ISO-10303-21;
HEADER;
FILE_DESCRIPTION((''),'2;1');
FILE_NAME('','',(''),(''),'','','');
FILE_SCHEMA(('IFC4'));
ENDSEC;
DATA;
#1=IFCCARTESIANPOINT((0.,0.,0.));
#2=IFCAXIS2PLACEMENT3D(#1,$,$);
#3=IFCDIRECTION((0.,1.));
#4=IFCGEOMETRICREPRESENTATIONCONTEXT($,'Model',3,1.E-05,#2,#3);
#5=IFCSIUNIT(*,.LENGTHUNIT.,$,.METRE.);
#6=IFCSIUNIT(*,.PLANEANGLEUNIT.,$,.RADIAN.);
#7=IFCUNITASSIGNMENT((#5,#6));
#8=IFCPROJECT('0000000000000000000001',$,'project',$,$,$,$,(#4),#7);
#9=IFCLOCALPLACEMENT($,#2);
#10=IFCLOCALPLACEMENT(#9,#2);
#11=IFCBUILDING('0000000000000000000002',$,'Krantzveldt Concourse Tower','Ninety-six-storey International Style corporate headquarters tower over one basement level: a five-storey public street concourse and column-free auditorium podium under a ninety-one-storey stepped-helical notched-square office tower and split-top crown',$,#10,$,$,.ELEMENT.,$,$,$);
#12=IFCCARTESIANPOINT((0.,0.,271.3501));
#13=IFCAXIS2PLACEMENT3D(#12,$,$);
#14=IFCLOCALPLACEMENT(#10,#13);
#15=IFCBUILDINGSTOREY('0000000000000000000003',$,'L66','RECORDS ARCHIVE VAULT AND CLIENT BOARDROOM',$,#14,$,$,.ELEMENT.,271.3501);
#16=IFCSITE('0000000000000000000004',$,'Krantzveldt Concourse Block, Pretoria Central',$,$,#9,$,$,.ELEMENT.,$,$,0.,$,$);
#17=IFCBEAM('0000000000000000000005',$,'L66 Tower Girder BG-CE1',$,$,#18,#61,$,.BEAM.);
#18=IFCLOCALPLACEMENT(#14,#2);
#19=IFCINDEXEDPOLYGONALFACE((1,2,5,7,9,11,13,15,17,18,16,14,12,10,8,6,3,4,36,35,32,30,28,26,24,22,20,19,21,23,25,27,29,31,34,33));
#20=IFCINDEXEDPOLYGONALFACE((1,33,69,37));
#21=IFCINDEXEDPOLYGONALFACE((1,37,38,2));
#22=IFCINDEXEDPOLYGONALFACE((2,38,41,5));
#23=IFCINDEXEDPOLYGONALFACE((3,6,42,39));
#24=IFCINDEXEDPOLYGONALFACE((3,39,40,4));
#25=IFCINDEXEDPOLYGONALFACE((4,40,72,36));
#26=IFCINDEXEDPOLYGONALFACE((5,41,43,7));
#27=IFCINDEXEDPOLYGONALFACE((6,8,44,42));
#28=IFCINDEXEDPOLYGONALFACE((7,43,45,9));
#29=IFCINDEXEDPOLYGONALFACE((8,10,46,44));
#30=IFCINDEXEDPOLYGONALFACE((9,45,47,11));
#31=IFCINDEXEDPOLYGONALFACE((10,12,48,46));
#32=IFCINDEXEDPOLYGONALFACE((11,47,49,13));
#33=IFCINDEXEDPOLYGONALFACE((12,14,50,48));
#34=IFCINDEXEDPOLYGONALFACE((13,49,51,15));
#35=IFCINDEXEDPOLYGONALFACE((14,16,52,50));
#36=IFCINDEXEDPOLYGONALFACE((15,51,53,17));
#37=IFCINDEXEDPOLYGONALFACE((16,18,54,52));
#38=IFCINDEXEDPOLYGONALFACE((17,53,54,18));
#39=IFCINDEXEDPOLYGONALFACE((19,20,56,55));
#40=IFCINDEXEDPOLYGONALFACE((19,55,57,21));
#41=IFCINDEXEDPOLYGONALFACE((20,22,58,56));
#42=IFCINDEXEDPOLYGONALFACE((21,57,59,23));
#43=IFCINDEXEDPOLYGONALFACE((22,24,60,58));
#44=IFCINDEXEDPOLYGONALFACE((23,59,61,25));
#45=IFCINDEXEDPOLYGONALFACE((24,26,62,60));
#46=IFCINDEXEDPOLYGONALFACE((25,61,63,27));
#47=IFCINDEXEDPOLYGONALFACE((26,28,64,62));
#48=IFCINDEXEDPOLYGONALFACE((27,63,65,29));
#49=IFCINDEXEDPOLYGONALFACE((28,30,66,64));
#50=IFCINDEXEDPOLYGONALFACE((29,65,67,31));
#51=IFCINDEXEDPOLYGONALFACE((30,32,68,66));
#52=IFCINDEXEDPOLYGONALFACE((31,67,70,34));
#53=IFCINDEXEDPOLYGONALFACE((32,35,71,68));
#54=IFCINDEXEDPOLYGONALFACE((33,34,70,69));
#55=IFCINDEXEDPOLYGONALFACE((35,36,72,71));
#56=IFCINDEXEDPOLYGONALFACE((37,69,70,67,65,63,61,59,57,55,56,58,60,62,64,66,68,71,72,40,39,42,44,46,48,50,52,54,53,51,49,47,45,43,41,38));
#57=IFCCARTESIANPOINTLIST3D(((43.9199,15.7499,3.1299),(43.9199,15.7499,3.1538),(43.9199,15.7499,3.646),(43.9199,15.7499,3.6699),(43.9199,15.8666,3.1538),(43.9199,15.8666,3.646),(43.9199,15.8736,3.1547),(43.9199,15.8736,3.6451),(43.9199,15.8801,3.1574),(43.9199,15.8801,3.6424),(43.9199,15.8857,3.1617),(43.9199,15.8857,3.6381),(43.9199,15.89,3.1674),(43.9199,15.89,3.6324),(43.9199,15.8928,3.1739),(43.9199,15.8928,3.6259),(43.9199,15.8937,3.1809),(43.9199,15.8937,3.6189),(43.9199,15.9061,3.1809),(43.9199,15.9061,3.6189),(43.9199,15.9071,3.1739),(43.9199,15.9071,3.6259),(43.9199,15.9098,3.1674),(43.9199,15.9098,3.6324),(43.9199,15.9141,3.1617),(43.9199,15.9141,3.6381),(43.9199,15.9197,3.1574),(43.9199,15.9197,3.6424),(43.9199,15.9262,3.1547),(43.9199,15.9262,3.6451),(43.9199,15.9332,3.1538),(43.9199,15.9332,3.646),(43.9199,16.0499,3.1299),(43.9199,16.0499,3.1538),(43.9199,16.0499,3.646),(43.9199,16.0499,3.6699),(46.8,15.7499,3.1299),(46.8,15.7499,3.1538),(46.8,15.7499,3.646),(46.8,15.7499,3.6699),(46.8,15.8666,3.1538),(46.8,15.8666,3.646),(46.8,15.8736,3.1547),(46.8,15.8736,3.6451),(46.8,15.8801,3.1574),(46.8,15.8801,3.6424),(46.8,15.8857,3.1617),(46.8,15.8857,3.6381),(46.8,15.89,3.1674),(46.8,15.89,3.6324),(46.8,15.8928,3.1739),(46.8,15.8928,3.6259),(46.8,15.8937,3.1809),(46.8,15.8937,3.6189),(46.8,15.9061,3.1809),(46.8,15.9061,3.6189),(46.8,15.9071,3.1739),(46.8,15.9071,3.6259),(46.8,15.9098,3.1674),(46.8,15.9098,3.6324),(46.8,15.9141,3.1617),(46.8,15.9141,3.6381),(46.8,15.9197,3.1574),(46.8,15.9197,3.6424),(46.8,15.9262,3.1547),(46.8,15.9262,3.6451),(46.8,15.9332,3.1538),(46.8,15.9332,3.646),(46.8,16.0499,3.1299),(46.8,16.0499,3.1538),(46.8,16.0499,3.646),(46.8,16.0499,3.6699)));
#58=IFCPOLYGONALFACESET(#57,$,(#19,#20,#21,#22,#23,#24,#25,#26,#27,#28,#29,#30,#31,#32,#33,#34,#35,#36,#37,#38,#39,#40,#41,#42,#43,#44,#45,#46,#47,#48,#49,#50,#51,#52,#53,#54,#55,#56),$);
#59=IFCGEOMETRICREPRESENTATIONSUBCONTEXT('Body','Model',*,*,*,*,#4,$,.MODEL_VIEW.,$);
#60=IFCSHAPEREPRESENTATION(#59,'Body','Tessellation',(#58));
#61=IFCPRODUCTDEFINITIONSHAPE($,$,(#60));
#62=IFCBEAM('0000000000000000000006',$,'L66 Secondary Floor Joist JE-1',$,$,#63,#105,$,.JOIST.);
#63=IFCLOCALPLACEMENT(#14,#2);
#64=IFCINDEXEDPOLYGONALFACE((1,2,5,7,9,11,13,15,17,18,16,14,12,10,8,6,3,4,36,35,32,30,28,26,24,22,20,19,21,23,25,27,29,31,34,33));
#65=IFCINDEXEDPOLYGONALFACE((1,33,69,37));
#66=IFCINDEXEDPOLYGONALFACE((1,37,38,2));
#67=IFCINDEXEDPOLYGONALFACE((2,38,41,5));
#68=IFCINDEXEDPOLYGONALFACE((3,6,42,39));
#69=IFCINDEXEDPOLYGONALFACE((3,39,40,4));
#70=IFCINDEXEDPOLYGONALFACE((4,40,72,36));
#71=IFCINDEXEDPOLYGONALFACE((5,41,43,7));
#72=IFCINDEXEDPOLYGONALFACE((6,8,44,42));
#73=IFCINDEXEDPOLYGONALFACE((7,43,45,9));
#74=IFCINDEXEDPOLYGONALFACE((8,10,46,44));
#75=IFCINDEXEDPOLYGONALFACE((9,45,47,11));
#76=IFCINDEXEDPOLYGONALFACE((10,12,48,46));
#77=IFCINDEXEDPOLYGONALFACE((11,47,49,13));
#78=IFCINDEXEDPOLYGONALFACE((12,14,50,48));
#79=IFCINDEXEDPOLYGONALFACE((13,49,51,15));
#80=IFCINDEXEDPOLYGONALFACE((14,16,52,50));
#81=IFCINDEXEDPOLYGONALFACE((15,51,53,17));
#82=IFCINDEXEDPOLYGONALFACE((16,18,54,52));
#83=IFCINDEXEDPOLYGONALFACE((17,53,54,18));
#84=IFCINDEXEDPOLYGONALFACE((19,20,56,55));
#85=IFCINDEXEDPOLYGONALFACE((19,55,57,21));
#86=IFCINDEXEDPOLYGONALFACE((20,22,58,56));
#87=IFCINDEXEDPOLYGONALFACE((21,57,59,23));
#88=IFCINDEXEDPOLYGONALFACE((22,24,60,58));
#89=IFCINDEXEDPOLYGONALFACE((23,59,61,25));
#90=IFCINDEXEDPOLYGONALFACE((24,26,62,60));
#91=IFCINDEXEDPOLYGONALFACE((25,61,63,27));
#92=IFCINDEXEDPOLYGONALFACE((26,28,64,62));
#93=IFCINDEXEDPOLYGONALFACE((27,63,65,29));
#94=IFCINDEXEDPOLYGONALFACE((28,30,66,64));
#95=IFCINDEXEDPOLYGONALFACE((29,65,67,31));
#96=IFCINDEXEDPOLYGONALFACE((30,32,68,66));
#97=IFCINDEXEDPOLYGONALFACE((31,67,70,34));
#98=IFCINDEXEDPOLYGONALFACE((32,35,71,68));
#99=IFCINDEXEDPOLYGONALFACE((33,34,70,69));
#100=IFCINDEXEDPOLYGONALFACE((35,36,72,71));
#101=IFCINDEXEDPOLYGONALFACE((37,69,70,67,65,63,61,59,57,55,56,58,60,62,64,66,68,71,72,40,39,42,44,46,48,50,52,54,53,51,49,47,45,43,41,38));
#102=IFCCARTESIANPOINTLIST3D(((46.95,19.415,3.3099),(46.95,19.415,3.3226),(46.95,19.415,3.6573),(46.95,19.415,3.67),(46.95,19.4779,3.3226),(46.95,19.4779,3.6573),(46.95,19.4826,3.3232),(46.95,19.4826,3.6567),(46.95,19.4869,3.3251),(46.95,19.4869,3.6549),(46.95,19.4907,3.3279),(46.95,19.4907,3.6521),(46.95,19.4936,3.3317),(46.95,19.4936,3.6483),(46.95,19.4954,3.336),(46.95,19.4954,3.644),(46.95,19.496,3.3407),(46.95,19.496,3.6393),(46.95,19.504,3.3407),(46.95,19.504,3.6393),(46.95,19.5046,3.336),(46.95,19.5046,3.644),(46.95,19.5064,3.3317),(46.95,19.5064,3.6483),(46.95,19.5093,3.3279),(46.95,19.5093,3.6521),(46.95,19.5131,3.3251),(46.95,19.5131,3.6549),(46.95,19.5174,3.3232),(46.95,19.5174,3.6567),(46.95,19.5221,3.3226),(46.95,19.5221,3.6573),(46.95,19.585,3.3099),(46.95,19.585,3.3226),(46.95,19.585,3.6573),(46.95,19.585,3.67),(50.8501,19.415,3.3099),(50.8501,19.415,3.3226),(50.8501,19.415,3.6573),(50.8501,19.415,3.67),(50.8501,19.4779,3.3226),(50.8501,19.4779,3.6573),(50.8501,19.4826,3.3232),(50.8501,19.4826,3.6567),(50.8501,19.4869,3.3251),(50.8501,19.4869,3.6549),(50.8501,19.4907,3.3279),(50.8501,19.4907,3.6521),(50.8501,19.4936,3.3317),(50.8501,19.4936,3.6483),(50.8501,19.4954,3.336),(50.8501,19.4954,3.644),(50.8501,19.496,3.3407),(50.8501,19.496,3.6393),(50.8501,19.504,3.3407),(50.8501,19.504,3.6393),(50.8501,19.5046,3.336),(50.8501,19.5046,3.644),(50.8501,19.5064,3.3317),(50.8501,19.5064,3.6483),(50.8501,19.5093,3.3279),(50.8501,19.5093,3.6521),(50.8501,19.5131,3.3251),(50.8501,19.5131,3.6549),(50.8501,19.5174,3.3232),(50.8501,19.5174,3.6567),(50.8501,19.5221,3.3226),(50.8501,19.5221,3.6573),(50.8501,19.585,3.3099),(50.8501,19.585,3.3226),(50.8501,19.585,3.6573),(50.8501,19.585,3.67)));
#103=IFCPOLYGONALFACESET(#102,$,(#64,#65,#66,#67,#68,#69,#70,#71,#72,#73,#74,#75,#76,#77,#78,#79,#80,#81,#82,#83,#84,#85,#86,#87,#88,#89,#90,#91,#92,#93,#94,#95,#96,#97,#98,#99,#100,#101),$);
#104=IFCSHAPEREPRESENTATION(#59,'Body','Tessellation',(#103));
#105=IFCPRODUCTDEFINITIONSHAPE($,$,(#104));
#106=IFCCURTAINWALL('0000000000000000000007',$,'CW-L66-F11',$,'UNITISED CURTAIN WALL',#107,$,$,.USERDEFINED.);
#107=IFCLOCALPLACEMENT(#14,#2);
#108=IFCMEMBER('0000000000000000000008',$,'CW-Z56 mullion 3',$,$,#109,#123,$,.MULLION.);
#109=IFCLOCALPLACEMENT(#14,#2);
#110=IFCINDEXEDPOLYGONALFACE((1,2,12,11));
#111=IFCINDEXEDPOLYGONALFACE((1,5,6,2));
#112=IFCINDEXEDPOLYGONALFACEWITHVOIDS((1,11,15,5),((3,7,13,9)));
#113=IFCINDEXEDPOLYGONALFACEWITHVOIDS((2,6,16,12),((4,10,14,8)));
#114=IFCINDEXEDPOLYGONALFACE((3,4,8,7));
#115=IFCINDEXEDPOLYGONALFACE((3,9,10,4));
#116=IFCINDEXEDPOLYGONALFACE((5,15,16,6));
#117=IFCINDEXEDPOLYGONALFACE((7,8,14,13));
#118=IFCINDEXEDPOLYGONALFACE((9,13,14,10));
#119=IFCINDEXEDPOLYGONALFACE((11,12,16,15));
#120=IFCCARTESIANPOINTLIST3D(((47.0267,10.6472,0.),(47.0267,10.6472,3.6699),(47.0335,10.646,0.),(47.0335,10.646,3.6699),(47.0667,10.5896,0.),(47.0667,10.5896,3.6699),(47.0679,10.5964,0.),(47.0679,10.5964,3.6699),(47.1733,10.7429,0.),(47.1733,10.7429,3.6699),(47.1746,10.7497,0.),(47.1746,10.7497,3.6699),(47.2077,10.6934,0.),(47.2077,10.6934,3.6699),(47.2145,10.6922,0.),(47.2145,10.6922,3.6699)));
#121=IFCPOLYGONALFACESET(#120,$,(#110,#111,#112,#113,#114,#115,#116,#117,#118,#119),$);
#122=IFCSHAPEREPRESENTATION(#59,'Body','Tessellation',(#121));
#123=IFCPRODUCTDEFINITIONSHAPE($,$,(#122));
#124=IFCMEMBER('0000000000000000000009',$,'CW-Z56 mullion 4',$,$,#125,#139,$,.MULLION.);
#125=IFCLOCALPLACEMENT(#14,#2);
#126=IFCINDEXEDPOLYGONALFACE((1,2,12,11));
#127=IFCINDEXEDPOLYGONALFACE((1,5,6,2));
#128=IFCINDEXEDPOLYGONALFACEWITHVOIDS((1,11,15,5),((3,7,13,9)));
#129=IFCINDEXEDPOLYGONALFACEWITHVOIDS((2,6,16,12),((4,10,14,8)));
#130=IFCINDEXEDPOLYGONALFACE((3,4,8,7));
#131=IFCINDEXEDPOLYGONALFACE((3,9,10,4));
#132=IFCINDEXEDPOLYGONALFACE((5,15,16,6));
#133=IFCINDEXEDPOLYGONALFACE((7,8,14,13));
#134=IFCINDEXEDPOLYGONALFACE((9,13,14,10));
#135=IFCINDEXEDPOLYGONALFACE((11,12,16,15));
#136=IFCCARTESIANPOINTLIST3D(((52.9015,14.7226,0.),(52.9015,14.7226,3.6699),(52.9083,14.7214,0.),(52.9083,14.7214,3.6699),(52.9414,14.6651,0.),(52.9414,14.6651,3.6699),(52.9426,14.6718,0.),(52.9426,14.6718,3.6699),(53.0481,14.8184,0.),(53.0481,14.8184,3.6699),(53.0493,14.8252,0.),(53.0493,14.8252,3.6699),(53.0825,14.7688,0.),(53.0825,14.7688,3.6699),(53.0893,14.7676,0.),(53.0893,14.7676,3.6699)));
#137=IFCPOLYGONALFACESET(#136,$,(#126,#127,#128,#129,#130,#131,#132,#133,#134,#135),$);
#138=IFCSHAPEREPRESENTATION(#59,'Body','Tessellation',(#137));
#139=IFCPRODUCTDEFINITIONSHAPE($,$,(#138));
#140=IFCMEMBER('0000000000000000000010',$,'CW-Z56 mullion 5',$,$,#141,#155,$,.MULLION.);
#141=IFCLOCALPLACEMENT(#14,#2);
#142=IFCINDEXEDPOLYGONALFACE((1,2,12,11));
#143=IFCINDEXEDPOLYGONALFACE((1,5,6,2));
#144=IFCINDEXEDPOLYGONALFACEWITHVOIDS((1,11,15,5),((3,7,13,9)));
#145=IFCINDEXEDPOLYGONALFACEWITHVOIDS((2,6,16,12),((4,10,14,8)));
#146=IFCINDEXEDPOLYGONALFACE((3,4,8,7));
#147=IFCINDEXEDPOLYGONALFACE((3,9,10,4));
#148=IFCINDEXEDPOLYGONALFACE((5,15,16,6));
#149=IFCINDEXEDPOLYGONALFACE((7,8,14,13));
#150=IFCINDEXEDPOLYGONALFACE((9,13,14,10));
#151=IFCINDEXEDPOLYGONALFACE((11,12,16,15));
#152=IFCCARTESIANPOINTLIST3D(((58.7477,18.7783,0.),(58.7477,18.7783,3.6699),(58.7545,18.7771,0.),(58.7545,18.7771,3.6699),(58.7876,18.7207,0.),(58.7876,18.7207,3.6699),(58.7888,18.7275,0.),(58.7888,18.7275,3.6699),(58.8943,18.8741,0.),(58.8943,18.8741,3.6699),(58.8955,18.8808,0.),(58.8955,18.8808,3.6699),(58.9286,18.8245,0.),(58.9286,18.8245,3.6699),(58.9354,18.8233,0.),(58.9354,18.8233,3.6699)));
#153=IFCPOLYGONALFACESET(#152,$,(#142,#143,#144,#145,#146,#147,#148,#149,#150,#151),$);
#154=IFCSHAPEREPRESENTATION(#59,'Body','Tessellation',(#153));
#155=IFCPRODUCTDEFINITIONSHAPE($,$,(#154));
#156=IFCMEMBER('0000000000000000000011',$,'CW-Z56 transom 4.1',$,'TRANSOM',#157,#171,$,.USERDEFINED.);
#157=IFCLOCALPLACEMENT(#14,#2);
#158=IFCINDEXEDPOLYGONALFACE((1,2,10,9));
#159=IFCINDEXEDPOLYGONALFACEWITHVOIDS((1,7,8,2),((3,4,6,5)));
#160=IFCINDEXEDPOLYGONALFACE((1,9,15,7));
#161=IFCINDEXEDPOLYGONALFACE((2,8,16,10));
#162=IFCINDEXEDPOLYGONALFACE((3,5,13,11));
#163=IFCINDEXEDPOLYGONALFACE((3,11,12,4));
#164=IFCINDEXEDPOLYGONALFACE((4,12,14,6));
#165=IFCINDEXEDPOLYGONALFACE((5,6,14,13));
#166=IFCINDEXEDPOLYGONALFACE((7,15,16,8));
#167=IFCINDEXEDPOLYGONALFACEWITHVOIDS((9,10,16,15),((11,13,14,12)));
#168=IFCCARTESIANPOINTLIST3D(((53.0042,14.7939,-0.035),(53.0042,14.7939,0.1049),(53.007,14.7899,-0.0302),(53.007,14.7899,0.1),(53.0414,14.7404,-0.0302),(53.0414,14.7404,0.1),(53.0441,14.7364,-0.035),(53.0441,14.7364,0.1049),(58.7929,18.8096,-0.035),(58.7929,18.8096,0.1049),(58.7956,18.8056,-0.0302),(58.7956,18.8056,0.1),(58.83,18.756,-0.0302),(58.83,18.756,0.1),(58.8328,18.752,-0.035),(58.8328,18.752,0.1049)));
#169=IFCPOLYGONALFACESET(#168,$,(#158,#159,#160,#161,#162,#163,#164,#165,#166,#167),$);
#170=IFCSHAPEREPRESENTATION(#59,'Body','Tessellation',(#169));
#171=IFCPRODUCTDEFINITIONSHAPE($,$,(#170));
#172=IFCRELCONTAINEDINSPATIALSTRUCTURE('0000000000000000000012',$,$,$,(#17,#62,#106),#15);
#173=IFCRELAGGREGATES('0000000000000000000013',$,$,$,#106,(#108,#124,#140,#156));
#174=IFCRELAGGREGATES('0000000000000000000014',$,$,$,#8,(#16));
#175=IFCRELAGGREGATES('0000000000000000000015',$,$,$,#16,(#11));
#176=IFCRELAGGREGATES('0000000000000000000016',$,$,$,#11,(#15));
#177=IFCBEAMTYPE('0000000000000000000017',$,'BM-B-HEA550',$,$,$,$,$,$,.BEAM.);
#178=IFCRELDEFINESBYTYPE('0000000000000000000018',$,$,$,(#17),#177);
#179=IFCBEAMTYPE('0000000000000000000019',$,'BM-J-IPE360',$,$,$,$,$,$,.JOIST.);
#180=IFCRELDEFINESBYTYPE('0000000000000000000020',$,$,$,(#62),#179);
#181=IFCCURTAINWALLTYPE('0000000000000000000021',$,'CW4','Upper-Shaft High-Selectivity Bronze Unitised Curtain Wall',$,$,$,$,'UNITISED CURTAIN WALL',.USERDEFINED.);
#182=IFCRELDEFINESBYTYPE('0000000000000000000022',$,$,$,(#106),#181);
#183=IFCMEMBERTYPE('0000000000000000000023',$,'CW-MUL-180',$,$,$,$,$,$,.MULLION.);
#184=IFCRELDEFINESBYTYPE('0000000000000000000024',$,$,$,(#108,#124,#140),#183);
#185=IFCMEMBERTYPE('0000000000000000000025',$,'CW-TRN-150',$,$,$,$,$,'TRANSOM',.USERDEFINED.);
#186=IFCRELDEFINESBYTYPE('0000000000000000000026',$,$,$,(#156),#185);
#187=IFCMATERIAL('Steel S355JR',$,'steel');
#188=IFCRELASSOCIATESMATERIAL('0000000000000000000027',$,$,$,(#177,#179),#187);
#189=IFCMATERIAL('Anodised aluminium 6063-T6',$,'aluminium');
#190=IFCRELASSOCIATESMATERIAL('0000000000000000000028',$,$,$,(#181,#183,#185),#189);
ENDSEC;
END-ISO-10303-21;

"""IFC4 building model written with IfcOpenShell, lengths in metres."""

from ifc_helpers import new_model, si_unit, direction, frame, origin, origin_2d, place, context, subcontext, project, spatial, hollow_rectangle, i_section, extrude, source, transform, mapped, material, material_profile, profile_set, type_object, type_shapes, element, aggregate, save


model = new_model("IFC4")

# Units and contexts
model_context = context("Model", 3, precision=1e-05, world=origin(), true_north=direction((0.0, 1.0)))
body_context = subcontext(model_context, "Body", "Model", "MODEL_VIEW")
ifc_project = project(units=[si_unit("LENGTHUNIT", "METRE"), si_unit("PLANEANGLEUNIT", "RADIAN")], contexts=[model_context])

# Site, building, storey
site_placement = place(None, origin())
site = spatial("IfcSite", under=ifc_project, at=site_placement, Name="Krantzveldt Concourse Block, Pretoria Central", CompositionType="ELEMENT", RefElevation=0.0)
building_placement = place(site_placement, origin())
building = spatial("IfcBuilding", under=site, at=building_placement, Name="Krantzveldt Concourse Tower", Description="Ninety-six-storey International Style corporate headquarters tower over one basement level: a five-storey public street concourse and column-free auditorium podium under a ninety-one-storey stepped-helical notched-square office tower and split-top crown", CompositionType="ELEMENT")
storey_placement = place(building_placement, frame((0.0, 0.0, 271.3501)))
storey = spatial("IfcBuildingStorey", under=building, at=storey_placement, Name="L66", Description="RECORDS ARCHIVE VAULT AND CLIENT BOARDROOM", CompositionType="ELEMENT", Elevation=271.3501)

# Beams
ifc_material_1 = material(Name="Steel S355JR", Category="steel")
ifc_material_profile_1 = material_profile(ifc_material_1, i_section(OverallWidth=0.3, OverallDepth=0.54, WebThickness=0.0125, FlangeThickness=0.0239, FilletRadius=0.0271, at=origin_2d()), Name="Steel S355JR", Category="steel")
ifc_profile_set_1 = profile_set([ifc_material_profile_1], Name="Steel S355JR - HEA 550")
beam_type_1 = type_object("IfcBeamType", Name="BM-B-HEA550", PredefinedType="BEAM", material=ifc_profile_set_1)
shared_shape_1 = source(origin(), body_context, "Body", "SweptSolid", [
    extrude(i_section(OverallWidth=0.3, OverallDepth=0.54, WebThickness=0.0125, FlangeThickness=0.0239, FilletRadius=0.0271, at=origin_2d()), origin(), (0.0, 0.0, 1.0), 2.8801),
])
beam_1_placement = place(storey_placement, frame((43.9199, 15.8999, 3.3999), z_axis=(1.0, 0.0, 0.0), x_axis=(0.0, 1.0, 0.0)))
element("IfcBeam", 1, at=beam_1_placement, inside=storey, type_object=beam_type_1, Name="L66 Tower Girder BG-CE1", PredefinedType="BEAM", context=body_context, shape_type="MappedRepresentation", body=[
    mapped(shared_shape_1, transform((0.0, 0.0, 0.0), x_axis=(1.0, 0.0, 0.0), y_axis=(0.0, 1.0, 0.0), z_axis=(0.0, 0.0, 1.0), scale=1.0)),
])
ifc_material_profile_2 = material_profile(ifc_material_1, i_section(OverallWidth=0.1699, OverallDepth=0.3601, WebThickness=0.0081, FlangeThickness=0.0127, FilletRadius=0.0181, at=origin_2d()), Name="Steel S355JR", Category="steel")
ifc_profile_set_2 = profile_set([ifc_material_profile_2], Name="Steel S355JR - IPE 360")
beam_type_2 = type_object("IfcBeamType", Name="BM-J-IPE360", PredefinedType="JOIST", material=ifc_profile_set_2)
shared_shape_2 = source(origin(), body_context, "Body", "SweptSolid", [
    extrude(i_section(OverallWidth=0.1699, OverallDepth=0.3601, WebThickness=0.0081, FlangeThickness=0.0127, FilletRadius=0.0181, at=origin_2d()), origin(), (0.0, 0.0, 1.0), 3.9001),
])
type_shapes(beam_type_2, [shared_shape_2])
beam_2_placement = place(storey_placement, frame((46.95, 19.5, 3.49), z_axis=(1.0, 0.0, 0.0), x_axis=(0.0, 1.0, 0.0)))
element("IfcBeam", 2, at=beam_2_placement, inside=storey, type_object=beam_type_2, Name="L66 Secondary Floor Joist JE-1", PredefinedType="JOIST", context=body_context, shape_type="MappedRepresentation", body=[
    mapped(shared_shape_2, transform((0.0, 0.0, 0.0), x_axis=(1.0, 0.0, 0.0), y_axis=(0.0, 1.0, 0.0), z_axis=(0.0, 0.0, 1.0), scale=1.0)),
])

# Curtain wall, members
ifc_material_2 = material(Name="Anodised aluminium 6063-T6", Category="aluminium")
curtain_wall_type = type_object("IfcCurtainWallType", Name="CW4", Description="Upper-Shaft High-Selectivity Bronze Unitised Curtain Wall", ElementType="UNITISED CURTAIN WALL", PredefinedType="USERDEFINED", material=ifc_material_2)
curtain_wall_placement = place(storey_placement, origin())
curtain_wall = element("IfcCurtainWall", 3, at=curtain_wall_placement, inside=storey, type_object=curtain_wall_type, Name="CW-L66-F11", ObjectType="UNITISED CURTAIN WALL", PredefinedType="USERDEFINED")
ifc_material_profile_3 = material_profile(ifc_material_2, hollow_rectangle(XDim=0.0701, YDim=0.1799, WallThickness=0.0049, at=origin_2d()), Name="Anodised aluminium 6063-T6", Category="aluminium")
ifc_profile_set_3 = profile_set([ifc_material_profile_3], Name="Anodised aluminium 6063-T6 - ALU-MULL 180x70x5")
member_type_1 = type_object("IfcMemberType", Name="CW-MUL-180", PredefinedType="MULLION", material=ifc_profile_set_3)
shared_shape_3 = source(origin(), body_context, "Body", "SweptSolid", [
    extrude(hollow_rectangle(XDim=0.0701, YDim=0.1799, WallThickness=0.0049, at=origin_2d()), origin(), (0.0, 0.0, 1.0), 3.6699),
])
type_shapes(member_type_1, [shared_shape_3])
member_1_placement = place(storey_placement, frame((47.1206, 10.6697, 0.0), z_axis=(0.0, 0.0, 1.0), x_axis=(-0.569997, 0.821647, 0.0)))
member_1 = element("IfcMember", 4, at=member_1_placement, type_object=member_type_1, Name="CW-Z56 mullion 3", PredefinedType="MULLION", context=body_context, shape_type="MappedRepresentation", body=[
    mapped(shared_shape_3, transform((0.0, 0.0, 0.0), x_axis=(1.0, 0.0, 0.0), y_axis=(0.0, 1.0, 0.0), z_axis=(0.0, 0.0, 1.0), scale=1.0)),
])
member_2_placement = place(storey_placement, frame((52.9954, 14.7451, 0.0), z_axis=(0.0, 0.0, 1.0), x_axis=(-0.569997, 0.821647, 0.0)))
member_2 = element("IfcMember", 5, at=member_2_placement, type_object=member_type_1, Name="CW-Z56 mullion 4", PredefinedType="MULLION", context=body_context, shape_type="MappedRepresentation", body=[
    mapped(shared_shape_3, transform((0.0, 0.0, 0.0), x_axis=(1.0, 0.0, 0.0), y_axis=(0.0, 1.0, 0.0), z_axis=(0.0, 0.0, 1.0), scale=1.0)),
])
member_3_placement = place(storey_placement, frame((58.8416, 18.8008, 0.0), z_axis=(0.0, 0.0, 1.0), x_axis=(-0.569997, 0.821647, 0.0)))
member_3 = element("IfcMember", 6, at=member_3_placement, type_object=member_type_1, Name="CW-Z56 mullion 5", PredefinedType="MULLION", context=body_context, shape_type="MappedRepresentation", body=[
    mapped(shared_shape_3, transform((0.0, 0.0, 0.0), x_axis=(1.0, 0.0, 0.0), y_axis=(0.0, 1.0, 0.0), z_axis=(0.0, 0.0, 1.0), scale=1.0)),
])
ifc_material_profile_4 = material_profile(ifc_material_2, hollow_rectangle(XDim=0.0701, YDim=0.1399, WallThickness=0.0049, at=origin_2d()), Name="Anodised aluminium 6063-T6", Category="aluminium")
ifc_profile_set_4 = profile_set([ifc_material_profile_4], Name="Anodised aluminium 6063-T6 - ALU-TRAN 140x70x5")
member_type_2 = type_object("IfcMemberType", Name="CW-TRN-150", ElementType="TRANSOM", PredefinedType="USERDEFINED", material=ifc_profile_set_4)
shared_shape_4 = source(origin(), body_context, "Body", "SweptSolid", [
    extrude(hollow_rectangle(XDim=0.0701, YDim=0.1399, WallThickness=0.0049, at=origin_2d()), origin(), (0.0, 0.0, 1.0), 7.0452),
])
member_4_placement = place(storey_placement, frame((53.0242, 14.7651, 0.0349), z_axis=(0.82165, 0.569992, 0.0), x_axis=(-0.569992, 0.82165, 0.0)))
member_4 = element("IfcMember", 7, at=member_4_placement, type_object=member_type_2, Name="CW-Z56 transom 4.1", ObjectType="TRANSOM", PredefinedType="USERDEFINED", context=body_context, shape_type="MappedRepresentation", body=[
    mapped(shared_shape_4, transform((0.0, 0.0, 0.0), x_axis=(1.0, 0.0, 0.0), y_axis=(0.0, 1.0, 0.0), z_axis=(0.0, 0.0, 1.0), scale=1.0)),
])
aggregate(curtain_wall, [member_1, member_2, member_3, member_4])

save(model, "model.ifc")
